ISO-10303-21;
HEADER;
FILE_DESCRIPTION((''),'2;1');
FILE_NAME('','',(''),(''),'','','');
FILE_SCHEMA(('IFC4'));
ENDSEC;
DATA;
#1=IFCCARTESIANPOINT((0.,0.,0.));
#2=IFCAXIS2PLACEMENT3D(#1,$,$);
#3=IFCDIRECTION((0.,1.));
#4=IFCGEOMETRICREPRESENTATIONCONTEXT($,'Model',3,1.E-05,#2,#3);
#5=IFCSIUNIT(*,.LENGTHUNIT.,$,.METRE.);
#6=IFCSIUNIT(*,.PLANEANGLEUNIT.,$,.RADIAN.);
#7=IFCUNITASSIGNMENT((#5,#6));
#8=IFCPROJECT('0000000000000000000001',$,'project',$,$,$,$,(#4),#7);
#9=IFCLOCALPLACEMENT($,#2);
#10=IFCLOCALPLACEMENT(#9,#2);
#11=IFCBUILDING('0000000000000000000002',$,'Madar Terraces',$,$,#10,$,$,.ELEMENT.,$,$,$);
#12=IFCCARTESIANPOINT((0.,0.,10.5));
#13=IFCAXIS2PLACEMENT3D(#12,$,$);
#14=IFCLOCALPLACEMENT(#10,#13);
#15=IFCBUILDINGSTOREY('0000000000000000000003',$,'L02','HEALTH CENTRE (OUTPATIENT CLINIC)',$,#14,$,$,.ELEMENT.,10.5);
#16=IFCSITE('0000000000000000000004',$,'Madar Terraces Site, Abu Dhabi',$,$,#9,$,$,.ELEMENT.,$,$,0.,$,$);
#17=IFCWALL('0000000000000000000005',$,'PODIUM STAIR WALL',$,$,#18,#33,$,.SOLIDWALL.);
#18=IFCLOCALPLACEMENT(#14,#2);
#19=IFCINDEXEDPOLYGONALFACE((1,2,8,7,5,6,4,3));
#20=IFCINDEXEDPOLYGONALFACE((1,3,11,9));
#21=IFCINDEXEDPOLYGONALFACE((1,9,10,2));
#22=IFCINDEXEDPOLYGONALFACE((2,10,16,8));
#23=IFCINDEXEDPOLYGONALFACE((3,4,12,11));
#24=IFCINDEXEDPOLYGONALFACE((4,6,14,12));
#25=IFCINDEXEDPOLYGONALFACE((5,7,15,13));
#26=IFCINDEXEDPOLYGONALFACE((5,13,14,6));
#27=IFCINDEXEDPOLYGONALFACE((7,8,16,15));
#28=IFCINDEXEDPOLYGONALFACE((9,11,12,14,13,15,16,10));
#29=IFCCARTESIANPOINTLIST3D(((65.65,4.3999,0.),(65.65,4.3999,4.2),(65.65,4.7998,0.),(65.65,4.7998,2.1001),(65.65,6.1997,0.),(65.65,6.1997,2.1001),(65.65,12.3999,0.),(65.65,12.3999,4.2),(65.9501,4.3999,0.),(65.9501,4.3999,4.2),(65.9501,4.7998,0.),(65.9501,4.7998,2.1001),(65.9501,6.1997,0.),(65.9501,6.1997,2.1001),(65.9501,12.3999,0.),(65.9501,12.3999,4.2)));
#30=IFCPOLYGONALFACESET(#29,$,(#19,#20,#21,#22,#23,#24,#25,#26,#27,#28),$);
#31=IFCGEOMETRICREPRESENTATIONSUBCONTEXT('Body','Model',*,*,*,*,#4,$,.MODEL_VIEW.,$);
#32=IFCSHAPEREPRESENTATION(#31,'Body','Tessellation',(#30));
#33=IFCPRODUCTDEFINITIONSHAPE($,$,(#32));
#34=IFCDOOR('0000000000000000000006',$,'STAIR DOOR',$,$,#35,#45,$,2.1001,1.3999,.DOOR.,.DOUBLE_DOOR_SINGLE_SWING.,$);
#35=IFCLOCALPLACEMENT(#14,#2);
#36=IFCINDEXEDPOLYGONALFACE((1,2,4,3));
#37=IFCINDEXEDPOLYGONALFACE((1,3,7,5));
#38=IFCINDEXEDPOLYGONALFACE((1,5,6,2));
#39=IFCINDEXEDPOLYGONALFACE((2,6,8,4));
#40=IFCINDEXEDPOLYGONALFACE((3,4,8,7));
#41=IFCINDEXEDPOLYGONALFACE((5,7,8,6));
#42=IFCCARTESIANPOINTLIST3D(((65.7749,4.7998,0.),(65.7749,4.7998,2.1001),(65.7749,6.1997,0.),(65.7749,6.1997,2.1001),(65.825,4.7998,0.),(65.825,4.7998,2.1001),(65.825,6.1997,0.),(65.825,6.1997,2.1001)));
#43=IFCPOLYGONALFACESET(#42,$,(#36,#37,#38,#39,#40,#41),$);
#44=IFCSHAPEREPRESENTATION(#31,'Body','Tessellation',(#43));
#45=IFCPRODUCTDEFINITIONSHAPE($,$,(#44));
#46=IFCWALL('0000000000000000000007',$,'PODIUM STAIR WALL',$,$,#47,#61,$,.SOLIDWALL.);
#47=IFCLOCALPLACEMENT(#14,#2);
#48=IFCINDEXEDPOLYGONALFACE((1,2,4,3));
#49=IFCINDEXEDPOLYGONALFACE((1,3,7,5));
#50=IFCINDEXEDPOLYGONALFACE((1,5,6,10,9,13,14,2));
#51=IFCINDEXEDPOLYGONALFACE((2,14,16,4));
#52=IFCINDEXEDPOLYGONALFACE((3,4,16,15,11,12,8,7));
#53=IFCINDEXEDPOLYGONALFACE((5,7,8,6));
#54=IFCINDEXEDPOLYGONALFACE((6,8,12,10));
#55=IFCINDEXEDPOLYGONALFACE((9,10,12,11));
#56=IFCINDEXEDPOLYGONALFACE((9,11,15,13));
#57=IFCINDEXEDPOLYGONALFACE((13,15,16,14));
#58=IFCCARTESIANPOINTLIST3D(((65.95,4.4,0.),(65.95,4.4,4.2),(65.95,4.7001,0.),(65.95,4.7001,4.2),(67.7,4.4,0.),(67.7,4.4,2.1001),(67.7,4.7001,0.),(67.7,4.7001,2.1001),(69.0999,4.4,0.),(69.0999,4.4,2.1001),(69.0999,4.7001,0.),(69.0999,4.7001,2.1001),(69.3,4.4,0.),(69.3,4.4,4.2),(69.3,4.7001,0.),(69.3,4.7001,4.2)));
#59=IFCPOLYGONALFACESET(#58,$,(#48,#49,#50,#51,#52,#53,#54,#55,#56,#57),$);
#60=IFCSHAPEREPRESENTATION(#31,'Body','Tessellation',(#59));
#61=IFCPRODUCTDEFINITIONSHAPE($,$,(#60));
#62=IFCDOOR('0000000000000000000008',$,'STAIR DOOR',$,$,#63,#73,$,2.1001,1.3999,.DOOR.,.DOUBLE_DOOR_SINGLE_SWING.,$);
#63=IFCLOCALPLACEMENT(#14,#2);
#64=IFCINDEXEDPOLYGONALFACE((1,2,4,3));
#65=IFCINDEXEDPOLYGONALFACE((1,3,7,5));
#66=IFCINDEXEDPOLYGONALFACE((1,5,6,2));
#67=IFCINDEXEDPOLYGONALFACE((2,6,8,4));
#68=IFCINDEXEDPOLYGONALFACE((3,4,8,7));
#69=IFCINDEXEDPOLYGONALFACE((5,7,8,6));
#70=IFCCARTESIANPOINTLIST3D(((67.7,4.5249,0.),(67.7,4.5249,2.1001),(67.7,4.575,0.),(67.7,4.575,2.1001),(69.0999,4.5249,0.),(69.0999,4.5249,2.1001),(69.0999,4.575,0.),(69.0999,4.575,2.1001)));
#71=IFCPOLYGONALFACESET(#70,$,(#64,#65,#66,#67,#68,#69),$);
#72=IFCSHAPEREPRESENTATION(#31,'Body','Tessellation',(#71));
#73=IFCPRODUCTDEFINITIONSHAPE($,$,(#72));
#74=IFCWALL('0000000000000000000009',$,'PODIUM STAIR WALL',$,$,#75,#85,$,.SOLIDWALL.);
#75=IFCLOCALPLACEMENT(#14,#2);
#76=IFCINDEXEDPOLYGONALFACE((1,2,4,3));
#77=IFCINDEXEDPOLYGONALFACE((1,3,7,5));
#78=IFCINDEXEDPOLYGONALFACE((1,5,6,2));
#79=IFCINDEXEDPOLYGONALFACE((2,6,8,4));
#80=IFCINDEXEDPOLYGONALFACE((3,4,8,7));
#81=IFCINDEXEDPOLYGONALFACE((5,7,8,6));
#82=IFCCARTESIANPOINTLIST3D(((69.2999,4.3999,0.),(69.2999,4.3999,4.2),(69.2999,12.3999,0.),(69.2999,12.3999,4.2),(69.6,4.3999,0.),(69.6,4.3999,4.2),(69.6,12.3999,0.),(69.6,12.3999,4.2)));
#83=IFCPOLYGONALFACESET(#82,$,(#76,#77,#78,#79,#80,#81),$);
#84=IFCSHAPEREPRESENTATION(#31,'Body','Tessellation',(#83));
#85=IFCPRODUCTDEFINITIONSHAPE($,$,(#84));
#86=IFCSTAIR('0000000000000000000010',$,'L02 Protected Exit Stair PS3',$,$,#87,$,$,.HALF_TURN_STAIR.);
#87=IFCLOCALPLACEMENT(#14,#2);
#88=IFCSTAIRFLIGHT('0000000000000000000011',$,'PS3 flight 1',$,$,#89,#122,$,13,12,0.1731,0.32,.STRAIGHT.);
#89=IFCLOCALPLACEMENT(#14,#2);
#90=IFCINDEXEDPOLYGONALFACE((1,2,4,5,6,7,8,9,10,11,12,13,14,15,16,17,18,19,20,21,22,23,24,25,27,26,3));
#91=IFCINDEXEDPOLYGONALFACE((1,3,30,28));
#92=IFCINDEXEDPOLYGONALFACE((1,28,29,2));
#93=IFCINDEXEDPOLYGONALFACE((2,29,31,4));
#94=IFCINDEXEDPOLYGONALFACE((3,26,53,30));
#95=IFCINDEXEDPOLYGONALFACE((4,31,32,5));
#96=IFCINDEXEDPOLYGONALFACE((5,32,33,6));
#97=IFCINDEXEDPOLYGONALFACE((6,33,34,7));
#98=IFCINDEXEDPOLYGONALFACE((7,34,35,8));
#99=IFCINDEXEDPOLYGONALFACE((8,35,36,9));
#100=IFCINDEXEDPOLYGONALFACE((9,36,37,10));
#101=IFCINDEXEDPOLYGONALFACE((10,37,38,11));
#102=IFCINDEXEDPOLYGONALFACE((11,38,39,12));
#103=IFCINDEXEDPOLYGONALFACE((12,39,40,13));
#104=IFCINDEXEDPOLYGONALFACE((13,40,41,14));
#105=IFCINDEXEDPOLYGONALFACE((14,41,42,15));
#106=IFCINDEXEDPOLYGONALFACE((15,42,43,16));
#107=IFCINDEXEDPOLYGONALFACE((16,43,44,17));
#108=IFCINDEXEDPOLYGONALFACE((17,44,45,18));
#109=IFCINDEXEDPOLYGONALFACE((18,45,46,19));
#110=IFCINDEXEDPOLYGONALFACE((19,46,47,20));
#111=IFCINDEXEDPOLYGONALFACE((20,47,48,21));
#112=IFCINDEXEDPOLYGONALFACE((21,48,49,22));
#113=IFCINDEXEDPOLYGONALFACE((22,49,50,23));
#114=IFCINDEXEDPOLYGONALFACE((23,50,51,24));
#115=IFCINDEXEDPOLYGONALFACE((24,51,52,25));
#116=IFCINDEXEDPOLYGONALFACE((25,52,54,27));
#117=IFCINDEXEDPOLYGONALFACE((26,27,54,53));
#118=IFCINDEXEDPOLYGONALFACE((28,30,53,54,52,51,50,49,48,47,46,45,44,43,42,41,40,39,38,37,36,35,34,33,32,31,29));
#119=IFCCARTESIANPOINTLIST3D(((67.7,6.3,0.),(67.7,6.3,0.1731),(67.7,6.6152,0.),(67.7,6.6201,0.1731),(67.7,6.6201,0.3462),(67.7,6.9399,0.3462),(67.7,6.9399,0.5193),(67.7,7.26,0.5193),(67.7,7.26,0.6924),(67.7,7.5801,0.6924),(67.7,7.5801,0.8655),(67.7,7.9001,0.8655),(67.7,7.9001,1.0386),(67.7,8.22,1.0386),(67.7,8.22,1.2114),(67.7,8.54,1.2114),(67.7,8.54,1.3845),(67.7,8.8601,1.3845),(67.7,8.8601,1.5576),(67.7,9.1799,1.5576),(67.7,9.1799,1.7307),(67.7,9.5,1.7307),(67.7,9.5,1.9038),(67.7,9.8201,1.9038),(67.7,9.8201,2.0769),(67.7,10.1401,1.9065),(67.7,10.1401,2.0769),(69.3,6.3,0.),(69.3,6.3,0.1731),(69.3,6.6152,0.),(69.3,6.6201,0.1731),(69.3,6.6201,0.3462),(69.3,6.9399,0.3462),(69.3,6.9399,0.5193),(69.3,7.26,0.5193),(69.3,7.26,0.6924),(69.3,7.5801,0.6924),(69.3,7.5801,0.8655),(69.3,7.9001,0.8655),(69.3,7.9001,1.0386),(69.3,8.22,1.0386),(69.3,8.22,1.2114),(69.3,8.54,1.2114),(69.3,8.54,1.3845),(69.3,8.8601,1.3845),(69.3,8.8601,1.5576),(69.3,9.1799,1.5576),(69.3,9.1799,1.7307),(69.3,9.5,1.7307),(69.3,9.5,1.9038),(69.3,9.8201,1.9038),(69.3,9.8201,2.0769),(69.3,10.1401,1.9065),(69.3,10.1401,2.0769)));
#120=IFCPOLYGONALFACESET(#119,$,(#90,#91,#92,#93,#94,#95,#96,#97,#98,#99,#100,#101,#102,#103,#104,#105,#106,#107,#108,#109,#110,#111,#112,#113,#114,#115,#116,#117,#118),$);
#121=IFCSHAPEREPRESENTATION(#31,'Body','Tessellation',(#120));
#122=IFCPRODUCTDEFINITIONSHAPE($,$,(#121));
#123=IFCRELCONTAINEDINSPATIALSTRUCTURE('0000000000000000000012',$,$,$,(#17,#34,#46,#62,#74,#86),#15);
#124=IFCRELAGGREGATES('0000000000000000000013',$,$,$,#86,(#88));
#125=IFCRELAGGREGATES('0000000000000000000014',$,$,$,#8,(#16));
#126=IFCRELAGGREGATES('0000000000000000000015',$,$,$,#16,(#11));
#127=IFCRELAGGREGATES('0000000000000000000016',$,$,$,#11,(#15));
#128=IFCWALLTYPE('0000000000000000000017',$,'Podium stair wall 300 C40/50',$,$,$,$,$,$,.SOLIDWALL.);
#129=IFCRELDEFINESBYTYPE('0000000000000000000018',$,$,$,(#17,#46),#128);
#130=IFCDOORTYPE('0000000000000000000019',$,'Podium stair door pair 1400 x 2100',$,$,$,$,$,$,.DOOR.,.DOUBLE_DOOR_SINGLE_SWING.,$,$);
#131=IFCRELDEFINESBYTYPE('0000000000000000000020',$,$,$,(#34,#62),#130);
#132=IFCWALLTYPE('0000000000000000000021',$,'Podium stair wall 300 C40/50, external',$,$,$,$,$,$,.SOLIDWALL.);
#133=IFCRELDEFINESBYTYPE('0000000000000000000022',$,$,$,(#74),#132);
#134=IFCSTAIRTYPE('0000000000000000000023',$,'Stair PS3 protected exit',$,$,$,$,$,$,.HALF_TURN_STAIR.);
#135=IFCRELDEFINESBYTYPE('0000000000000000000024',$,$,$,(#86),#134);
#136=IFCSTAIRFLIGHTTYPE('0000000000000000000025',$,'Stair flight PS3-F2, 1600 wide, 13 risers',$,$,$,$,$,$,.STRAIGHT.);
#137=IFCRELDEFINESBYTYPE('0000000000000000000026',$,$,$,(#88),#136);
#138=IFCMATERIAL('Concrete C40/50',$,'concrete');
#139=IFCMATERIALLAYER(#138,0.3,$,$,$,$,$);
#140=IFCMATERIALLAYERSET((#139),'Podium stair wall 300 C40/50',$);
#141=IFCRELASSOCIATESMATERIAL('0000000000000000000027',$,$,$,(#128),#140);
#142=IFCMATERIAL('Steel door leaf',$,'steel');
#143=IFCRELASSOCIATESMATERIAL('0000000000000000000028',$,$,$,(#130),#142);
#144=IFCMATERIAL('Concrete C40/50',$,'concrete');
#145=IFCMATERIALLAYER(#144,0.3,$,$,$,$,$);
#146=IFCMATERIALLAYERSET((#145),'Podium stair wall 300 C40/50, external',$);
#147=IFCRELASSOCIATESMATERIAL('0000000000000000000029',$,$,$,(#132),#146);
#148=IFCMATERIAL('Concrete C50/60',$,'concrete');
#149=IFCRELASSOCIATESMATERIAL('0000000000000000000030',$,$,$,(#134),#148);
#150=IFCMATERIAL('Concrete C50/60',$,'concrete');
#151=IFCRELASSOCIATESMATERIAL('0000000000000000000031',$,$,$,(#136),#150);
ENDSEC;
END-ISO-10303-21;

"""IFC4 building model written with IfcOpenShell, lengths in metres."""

from ifc_helpers import new_model, si_unit, direction, frame, frame_2d, origin, place, context, subcontext, project, spatial, polyline, rectangle, outline, extrude, material, layer, layer_set, type_object, element, fill, aggregate, save


model = new_model("IFC4")

# Units and contexts
model_context = context("Model", 3, precision=1e-05, world=origin(), true_north=direction((0.0, 1.0)))
body_context = subcontext(model_context, "Body", "Model", "MODEL_VIEW")
ifc_project = project(units=[si_unit("LENGTHUNIT", "METRE"), si_unit("PLANEANGLEUNIT", "RADIAN")], contexts=[model_context])

# Site, building, storey
site_placement = place(None, origin())
site = spatial("IfcSite", under=ifc_project, at=site_placement, Name="Madar Terraces Site, Abu Dhabi", CompositionType="ELEMENT", RefElevation=0.0)
building_placement = place(site_placement, origin())
building = spatial("IfcBuilding", under=site, at=building_placement, Name="Madar Terraces", CompositionType="ELEMENT")
storey_placement = place(building_placement, frame((0.0, 0.0, 10.5)))
storey = spatial("IfcBuildingStorey", under=building, at=storey_placement, Name="L02", Description="HEALTH CENTRE (OUTPATIENT CLINIC)", CompositionType="ELEMENT", Elevation=10.5)

# Walls, openings, doors
ifc_material_1 = material(Name="Concrete C40/50", Category="concrete")
ifc_layer_1 = layer(ifc_material_1, 0.3)
ifc_layer_set_1 = layer_set([ifc_layer_1], Name="Podium stair wall 300 C40/50")
wall_type_1 = type_object("IfcWallType", Name="Podium stair wall 300 C40/50", PredefinedType="SOLIDWALL", material=ifc_layer_set_1)
wall_1_placement = place(storey_placement, frame((65.8, 4.3999, 0.0), z_axis=(0.0, 0.0, 1.0), x_axis=(0.0, 1.0, 0.0)))
wall_1 = element("IfcWall", 1, at=wall_1_placement, inside=storey, type_object=wall_type_1, Name="PODIUM STAIR WALL", PredefinedType="SOLIDWALL", context=body_context, shape_type="SweptSolid", body=[
    extrude(rectangle(XDim=8.0, YDim=0.3, at=frame_2d((4.0, 0.0))), origin(), (0.0, 0.0, 1.0), 4.2),
])
opening_1_placement = place(wall_1_placement, frame((0.3999, 0.0, 0.0)))
opening_1 = element("IfcOpeningElement", 2, at=opening_1_placement, cuts=wall_1, PredefinedType="OPENING", context=body_context, shape_type="SweptSolid", body=[
    extrude(rectangle(XDim=1.3999, YDim=2.1001, at=frame_2d((0.7, 1.05))), frame((0.0, 0.1599, 0.0), z_axis=(0.0, -1.0, 0.0), x_axis=(1.0, 0.0, 0.0)), (0.0, 0.0, 1.0), 0.3201),
])
ifc_material_2 = material(Name="Steel door leaf", Category="steel")
door_type_1 = type_object("IfcDoorType", Name="Podium stair door pair 1400 x 2100", OperationType="DOUBLE_DOOR_SINGLE_SWING", PredefinedType="DOOR", material=ifc_material_2)
door_1_placement = place(opening_1_placement, frame((1.3999, 0.0, 0.0), z_axis=(0.0, 0.0, 1.0), x_axis=(-1.0, 0.0, 0.0)))
door_1 = element("IfcDoor", 3, at=door_1_placement, inside=storey, type_object=door_type_1, Name="STAIR DOOR", OperationType="DOUBLE_DOOR_SINGLE_SWING", OverallHeight=2.1001, OverallWidth=1.3999, PredefinedType="DOOR", context=body_context, shape_type="SweptSolid", body=[
    extrude(rectangle(XDim=1.3999, YDim=2.1001, at=frame_2d((0.7, 1.05))), frame((0.0, 0.0249, 0.0), z_axis=(0.0, -1.0, 0.0), x_axis=(1.0, 0.0, 0.0)), (0.0, 0.0, 1.0), 0.05),
])
fill(opening_1, door_1)
wall_2_placement = place(storey_placement, frame((65.95, 4.55, 0.0), z_axis=(0.0, 0.0, 1.0), x_axis=(1.0, 0.0, 0.0)))
wall_2 = element("IfcWall", 4, at=wall_2_placement, inside=storey, type_object=wall_type_1, Name="PODIUM STAIR WALL", PredefinedType="SOLIDWALL", context=body_context, shape_type="SweptSolid", body=[
    extrude(rectangle(XDim=3.3501, YDim=0.3, at=frame_2d((1.675, 0.0))), origin(), (0.0, 0.0, 1.0), 4.2),
])
opening_2_placement = place(wall_2_placement, frame((1.75, 0.0, 0.0)))
opening_2 = element("IfcOpeningElement", 5, at=opening_2_placement, cuts=wall_2, PredefinedType="OPENING", context=body_context, shape_type="SweptSolid", body=[
    extrude(rectangle(XDim=1.3999, YDim=2.1001, at=frame_2d((0.7, 1.05))), frame((0.0, 0.1599, 0.0), z_axis=(0.0, -1.0, 0.0), x_axis=(1.0, 0.0, 0.0)), (0.0, 0.0, 1.0), 0.3201),
])
door_2_placement = place(opening_2_placement, origin())
door_2 = element("IfcDoor", 6, at=door_2_placement, inside=storey, type_object=door_type_1, Name="STAIR DOOR", OperationType="DOUBLE_DOOR_SINGLE_SWING", OverallHeight=2.1001, OverallWidth=1.3999, PredefinedType="DOOR", context=body_context, shape_type="SweptSolid", body=[
    extrude(rectangle(XDim=1.3999, YDim=2.1001, at=frame_2d((0.7, 1.05))), frame((0.0, 0.0249, 0.0), z_axis=(0.0, -1.0, 0.0), x_axis=(1.0, 0.0, 0.0)), (0.0, 0.0, 1.0), 0.05),
])
fill(opening_2, door_2)

# Wall
ifc_material_3 = material(Name="Concrete C40/50", Category="concrete")
ifc_layer_2 = layer(ifc_material_3, 0.3)
ifc_layer_set_2 = layer_set([ifc_layer_2], Name="Podium stair wall 300 C40/50, external")
wall_type_2 = type_object("IfcWallType", Name="Podium stair wall 300 C40/50, external", PredefinedType="SOLIDWALL", material=ifc_layer_set_2)
wall_3_placement = place(storey_placement, frame((69.45, 4.3999, 0.0), z_axis=(0.0, 0.0, 1.0), x_axis=(0.0, 1.0, 0.0)))
element("IfcWall", 7, at=wall_3_placement, inside=storey, type_object=wall_type_2, Name="PODIUM STAIR WALL", PredefinedType="SOLIDWALL", context=body_context, shape_type="SweptSolid", body=[
    extrude(rectangle(XDim=8.0, YDim=0.3, at=frame_2d((4.0, 0.0))), origin(), (0.0, 0.0, 1.0), 4.2),
])

# Stair, stair flight
ifc_material_4 = material(Name="Concrete C50/60", Category="concrete")
stair_type = type_object("IfcStairType", Name="Stair PS3 protected exit", PredefinedType="HALF_TURN_STAIR", material=ifc_material_4)
stair_placement = place(storey_placement, origin())
stair = element("IfcStair", 8, at=stair_placement, inside=storey, type_object=stair_type, Name="L02 Protected Exit Stair PS3", PredefinedType="HALF_TURN_STAIR")
ifc_material_5 = material(Name="Concrete C50/60", Category="concrete")
stair_flight_type = type_object("IfcStairFlightType", Name="Stair flight PS3-F2, 1600 wide, 13 risers", PredefinedType="STRAIGHT", material=ifc_material_5)
stair_flight_placement = place(storey_placement, frame((68.5, 6.3, 0.0), z_axis=(0.0, 0.0, 1.0), x_axis=(0.0, 1.0, 0.0)))
stair_flight = element("IfcStairFlight", 9, at=stair_flight_placement, type_object=stair_flight_type, Name="PS3 flight 1", NumberOfRisers=13, NumberOfTreads=12, PredefinedType="STRAIGHT", RiserHeight=0.1731, TreadLength=0.32, context=body_context, shape_type="SweptSolid", body=[
    extrude(outline(polyline([(0.0, 0.0), (0.0, 0.1731), (0.3201, 0.1731), (0.3201, 0.3462), (0.6399, 0.3462), (0.6399, 0.5193), (0.96, 0.5193), (0.96, 0.6924), (1.28, 0.6924), (1.28, 0.8655), (1.6001, 0.8655), (1.6001, 1.0386), (1.9199, 1.0386), (1.9199, 1.2114), (2.24, 1.2114), (2.24, 1.3845), (2.5601, 1.3845), (2.5601, 1.5576), (2.8799, 1.5576), (2.8799, 1.7307), (3.2, 1.7307), (3.2, 1.9038), (3.52, 1.9038), (3.52, 2.0769), (3.8401, 2.0769), (3.8401, 2.25), (3.8401, 1.9065), (0.3152, 0.0), (0.0, 0.0)])), frame((0.0, 0.8, 0.0), z_axis=(0.0, -1.0, 0.0), x_axis=(1.0, 0.0, 0.0)), (0.0, 0.0, 1.0), 1.6001),
])
aggregate(stair, [stair_flight])

save(model, "model.ifc")
